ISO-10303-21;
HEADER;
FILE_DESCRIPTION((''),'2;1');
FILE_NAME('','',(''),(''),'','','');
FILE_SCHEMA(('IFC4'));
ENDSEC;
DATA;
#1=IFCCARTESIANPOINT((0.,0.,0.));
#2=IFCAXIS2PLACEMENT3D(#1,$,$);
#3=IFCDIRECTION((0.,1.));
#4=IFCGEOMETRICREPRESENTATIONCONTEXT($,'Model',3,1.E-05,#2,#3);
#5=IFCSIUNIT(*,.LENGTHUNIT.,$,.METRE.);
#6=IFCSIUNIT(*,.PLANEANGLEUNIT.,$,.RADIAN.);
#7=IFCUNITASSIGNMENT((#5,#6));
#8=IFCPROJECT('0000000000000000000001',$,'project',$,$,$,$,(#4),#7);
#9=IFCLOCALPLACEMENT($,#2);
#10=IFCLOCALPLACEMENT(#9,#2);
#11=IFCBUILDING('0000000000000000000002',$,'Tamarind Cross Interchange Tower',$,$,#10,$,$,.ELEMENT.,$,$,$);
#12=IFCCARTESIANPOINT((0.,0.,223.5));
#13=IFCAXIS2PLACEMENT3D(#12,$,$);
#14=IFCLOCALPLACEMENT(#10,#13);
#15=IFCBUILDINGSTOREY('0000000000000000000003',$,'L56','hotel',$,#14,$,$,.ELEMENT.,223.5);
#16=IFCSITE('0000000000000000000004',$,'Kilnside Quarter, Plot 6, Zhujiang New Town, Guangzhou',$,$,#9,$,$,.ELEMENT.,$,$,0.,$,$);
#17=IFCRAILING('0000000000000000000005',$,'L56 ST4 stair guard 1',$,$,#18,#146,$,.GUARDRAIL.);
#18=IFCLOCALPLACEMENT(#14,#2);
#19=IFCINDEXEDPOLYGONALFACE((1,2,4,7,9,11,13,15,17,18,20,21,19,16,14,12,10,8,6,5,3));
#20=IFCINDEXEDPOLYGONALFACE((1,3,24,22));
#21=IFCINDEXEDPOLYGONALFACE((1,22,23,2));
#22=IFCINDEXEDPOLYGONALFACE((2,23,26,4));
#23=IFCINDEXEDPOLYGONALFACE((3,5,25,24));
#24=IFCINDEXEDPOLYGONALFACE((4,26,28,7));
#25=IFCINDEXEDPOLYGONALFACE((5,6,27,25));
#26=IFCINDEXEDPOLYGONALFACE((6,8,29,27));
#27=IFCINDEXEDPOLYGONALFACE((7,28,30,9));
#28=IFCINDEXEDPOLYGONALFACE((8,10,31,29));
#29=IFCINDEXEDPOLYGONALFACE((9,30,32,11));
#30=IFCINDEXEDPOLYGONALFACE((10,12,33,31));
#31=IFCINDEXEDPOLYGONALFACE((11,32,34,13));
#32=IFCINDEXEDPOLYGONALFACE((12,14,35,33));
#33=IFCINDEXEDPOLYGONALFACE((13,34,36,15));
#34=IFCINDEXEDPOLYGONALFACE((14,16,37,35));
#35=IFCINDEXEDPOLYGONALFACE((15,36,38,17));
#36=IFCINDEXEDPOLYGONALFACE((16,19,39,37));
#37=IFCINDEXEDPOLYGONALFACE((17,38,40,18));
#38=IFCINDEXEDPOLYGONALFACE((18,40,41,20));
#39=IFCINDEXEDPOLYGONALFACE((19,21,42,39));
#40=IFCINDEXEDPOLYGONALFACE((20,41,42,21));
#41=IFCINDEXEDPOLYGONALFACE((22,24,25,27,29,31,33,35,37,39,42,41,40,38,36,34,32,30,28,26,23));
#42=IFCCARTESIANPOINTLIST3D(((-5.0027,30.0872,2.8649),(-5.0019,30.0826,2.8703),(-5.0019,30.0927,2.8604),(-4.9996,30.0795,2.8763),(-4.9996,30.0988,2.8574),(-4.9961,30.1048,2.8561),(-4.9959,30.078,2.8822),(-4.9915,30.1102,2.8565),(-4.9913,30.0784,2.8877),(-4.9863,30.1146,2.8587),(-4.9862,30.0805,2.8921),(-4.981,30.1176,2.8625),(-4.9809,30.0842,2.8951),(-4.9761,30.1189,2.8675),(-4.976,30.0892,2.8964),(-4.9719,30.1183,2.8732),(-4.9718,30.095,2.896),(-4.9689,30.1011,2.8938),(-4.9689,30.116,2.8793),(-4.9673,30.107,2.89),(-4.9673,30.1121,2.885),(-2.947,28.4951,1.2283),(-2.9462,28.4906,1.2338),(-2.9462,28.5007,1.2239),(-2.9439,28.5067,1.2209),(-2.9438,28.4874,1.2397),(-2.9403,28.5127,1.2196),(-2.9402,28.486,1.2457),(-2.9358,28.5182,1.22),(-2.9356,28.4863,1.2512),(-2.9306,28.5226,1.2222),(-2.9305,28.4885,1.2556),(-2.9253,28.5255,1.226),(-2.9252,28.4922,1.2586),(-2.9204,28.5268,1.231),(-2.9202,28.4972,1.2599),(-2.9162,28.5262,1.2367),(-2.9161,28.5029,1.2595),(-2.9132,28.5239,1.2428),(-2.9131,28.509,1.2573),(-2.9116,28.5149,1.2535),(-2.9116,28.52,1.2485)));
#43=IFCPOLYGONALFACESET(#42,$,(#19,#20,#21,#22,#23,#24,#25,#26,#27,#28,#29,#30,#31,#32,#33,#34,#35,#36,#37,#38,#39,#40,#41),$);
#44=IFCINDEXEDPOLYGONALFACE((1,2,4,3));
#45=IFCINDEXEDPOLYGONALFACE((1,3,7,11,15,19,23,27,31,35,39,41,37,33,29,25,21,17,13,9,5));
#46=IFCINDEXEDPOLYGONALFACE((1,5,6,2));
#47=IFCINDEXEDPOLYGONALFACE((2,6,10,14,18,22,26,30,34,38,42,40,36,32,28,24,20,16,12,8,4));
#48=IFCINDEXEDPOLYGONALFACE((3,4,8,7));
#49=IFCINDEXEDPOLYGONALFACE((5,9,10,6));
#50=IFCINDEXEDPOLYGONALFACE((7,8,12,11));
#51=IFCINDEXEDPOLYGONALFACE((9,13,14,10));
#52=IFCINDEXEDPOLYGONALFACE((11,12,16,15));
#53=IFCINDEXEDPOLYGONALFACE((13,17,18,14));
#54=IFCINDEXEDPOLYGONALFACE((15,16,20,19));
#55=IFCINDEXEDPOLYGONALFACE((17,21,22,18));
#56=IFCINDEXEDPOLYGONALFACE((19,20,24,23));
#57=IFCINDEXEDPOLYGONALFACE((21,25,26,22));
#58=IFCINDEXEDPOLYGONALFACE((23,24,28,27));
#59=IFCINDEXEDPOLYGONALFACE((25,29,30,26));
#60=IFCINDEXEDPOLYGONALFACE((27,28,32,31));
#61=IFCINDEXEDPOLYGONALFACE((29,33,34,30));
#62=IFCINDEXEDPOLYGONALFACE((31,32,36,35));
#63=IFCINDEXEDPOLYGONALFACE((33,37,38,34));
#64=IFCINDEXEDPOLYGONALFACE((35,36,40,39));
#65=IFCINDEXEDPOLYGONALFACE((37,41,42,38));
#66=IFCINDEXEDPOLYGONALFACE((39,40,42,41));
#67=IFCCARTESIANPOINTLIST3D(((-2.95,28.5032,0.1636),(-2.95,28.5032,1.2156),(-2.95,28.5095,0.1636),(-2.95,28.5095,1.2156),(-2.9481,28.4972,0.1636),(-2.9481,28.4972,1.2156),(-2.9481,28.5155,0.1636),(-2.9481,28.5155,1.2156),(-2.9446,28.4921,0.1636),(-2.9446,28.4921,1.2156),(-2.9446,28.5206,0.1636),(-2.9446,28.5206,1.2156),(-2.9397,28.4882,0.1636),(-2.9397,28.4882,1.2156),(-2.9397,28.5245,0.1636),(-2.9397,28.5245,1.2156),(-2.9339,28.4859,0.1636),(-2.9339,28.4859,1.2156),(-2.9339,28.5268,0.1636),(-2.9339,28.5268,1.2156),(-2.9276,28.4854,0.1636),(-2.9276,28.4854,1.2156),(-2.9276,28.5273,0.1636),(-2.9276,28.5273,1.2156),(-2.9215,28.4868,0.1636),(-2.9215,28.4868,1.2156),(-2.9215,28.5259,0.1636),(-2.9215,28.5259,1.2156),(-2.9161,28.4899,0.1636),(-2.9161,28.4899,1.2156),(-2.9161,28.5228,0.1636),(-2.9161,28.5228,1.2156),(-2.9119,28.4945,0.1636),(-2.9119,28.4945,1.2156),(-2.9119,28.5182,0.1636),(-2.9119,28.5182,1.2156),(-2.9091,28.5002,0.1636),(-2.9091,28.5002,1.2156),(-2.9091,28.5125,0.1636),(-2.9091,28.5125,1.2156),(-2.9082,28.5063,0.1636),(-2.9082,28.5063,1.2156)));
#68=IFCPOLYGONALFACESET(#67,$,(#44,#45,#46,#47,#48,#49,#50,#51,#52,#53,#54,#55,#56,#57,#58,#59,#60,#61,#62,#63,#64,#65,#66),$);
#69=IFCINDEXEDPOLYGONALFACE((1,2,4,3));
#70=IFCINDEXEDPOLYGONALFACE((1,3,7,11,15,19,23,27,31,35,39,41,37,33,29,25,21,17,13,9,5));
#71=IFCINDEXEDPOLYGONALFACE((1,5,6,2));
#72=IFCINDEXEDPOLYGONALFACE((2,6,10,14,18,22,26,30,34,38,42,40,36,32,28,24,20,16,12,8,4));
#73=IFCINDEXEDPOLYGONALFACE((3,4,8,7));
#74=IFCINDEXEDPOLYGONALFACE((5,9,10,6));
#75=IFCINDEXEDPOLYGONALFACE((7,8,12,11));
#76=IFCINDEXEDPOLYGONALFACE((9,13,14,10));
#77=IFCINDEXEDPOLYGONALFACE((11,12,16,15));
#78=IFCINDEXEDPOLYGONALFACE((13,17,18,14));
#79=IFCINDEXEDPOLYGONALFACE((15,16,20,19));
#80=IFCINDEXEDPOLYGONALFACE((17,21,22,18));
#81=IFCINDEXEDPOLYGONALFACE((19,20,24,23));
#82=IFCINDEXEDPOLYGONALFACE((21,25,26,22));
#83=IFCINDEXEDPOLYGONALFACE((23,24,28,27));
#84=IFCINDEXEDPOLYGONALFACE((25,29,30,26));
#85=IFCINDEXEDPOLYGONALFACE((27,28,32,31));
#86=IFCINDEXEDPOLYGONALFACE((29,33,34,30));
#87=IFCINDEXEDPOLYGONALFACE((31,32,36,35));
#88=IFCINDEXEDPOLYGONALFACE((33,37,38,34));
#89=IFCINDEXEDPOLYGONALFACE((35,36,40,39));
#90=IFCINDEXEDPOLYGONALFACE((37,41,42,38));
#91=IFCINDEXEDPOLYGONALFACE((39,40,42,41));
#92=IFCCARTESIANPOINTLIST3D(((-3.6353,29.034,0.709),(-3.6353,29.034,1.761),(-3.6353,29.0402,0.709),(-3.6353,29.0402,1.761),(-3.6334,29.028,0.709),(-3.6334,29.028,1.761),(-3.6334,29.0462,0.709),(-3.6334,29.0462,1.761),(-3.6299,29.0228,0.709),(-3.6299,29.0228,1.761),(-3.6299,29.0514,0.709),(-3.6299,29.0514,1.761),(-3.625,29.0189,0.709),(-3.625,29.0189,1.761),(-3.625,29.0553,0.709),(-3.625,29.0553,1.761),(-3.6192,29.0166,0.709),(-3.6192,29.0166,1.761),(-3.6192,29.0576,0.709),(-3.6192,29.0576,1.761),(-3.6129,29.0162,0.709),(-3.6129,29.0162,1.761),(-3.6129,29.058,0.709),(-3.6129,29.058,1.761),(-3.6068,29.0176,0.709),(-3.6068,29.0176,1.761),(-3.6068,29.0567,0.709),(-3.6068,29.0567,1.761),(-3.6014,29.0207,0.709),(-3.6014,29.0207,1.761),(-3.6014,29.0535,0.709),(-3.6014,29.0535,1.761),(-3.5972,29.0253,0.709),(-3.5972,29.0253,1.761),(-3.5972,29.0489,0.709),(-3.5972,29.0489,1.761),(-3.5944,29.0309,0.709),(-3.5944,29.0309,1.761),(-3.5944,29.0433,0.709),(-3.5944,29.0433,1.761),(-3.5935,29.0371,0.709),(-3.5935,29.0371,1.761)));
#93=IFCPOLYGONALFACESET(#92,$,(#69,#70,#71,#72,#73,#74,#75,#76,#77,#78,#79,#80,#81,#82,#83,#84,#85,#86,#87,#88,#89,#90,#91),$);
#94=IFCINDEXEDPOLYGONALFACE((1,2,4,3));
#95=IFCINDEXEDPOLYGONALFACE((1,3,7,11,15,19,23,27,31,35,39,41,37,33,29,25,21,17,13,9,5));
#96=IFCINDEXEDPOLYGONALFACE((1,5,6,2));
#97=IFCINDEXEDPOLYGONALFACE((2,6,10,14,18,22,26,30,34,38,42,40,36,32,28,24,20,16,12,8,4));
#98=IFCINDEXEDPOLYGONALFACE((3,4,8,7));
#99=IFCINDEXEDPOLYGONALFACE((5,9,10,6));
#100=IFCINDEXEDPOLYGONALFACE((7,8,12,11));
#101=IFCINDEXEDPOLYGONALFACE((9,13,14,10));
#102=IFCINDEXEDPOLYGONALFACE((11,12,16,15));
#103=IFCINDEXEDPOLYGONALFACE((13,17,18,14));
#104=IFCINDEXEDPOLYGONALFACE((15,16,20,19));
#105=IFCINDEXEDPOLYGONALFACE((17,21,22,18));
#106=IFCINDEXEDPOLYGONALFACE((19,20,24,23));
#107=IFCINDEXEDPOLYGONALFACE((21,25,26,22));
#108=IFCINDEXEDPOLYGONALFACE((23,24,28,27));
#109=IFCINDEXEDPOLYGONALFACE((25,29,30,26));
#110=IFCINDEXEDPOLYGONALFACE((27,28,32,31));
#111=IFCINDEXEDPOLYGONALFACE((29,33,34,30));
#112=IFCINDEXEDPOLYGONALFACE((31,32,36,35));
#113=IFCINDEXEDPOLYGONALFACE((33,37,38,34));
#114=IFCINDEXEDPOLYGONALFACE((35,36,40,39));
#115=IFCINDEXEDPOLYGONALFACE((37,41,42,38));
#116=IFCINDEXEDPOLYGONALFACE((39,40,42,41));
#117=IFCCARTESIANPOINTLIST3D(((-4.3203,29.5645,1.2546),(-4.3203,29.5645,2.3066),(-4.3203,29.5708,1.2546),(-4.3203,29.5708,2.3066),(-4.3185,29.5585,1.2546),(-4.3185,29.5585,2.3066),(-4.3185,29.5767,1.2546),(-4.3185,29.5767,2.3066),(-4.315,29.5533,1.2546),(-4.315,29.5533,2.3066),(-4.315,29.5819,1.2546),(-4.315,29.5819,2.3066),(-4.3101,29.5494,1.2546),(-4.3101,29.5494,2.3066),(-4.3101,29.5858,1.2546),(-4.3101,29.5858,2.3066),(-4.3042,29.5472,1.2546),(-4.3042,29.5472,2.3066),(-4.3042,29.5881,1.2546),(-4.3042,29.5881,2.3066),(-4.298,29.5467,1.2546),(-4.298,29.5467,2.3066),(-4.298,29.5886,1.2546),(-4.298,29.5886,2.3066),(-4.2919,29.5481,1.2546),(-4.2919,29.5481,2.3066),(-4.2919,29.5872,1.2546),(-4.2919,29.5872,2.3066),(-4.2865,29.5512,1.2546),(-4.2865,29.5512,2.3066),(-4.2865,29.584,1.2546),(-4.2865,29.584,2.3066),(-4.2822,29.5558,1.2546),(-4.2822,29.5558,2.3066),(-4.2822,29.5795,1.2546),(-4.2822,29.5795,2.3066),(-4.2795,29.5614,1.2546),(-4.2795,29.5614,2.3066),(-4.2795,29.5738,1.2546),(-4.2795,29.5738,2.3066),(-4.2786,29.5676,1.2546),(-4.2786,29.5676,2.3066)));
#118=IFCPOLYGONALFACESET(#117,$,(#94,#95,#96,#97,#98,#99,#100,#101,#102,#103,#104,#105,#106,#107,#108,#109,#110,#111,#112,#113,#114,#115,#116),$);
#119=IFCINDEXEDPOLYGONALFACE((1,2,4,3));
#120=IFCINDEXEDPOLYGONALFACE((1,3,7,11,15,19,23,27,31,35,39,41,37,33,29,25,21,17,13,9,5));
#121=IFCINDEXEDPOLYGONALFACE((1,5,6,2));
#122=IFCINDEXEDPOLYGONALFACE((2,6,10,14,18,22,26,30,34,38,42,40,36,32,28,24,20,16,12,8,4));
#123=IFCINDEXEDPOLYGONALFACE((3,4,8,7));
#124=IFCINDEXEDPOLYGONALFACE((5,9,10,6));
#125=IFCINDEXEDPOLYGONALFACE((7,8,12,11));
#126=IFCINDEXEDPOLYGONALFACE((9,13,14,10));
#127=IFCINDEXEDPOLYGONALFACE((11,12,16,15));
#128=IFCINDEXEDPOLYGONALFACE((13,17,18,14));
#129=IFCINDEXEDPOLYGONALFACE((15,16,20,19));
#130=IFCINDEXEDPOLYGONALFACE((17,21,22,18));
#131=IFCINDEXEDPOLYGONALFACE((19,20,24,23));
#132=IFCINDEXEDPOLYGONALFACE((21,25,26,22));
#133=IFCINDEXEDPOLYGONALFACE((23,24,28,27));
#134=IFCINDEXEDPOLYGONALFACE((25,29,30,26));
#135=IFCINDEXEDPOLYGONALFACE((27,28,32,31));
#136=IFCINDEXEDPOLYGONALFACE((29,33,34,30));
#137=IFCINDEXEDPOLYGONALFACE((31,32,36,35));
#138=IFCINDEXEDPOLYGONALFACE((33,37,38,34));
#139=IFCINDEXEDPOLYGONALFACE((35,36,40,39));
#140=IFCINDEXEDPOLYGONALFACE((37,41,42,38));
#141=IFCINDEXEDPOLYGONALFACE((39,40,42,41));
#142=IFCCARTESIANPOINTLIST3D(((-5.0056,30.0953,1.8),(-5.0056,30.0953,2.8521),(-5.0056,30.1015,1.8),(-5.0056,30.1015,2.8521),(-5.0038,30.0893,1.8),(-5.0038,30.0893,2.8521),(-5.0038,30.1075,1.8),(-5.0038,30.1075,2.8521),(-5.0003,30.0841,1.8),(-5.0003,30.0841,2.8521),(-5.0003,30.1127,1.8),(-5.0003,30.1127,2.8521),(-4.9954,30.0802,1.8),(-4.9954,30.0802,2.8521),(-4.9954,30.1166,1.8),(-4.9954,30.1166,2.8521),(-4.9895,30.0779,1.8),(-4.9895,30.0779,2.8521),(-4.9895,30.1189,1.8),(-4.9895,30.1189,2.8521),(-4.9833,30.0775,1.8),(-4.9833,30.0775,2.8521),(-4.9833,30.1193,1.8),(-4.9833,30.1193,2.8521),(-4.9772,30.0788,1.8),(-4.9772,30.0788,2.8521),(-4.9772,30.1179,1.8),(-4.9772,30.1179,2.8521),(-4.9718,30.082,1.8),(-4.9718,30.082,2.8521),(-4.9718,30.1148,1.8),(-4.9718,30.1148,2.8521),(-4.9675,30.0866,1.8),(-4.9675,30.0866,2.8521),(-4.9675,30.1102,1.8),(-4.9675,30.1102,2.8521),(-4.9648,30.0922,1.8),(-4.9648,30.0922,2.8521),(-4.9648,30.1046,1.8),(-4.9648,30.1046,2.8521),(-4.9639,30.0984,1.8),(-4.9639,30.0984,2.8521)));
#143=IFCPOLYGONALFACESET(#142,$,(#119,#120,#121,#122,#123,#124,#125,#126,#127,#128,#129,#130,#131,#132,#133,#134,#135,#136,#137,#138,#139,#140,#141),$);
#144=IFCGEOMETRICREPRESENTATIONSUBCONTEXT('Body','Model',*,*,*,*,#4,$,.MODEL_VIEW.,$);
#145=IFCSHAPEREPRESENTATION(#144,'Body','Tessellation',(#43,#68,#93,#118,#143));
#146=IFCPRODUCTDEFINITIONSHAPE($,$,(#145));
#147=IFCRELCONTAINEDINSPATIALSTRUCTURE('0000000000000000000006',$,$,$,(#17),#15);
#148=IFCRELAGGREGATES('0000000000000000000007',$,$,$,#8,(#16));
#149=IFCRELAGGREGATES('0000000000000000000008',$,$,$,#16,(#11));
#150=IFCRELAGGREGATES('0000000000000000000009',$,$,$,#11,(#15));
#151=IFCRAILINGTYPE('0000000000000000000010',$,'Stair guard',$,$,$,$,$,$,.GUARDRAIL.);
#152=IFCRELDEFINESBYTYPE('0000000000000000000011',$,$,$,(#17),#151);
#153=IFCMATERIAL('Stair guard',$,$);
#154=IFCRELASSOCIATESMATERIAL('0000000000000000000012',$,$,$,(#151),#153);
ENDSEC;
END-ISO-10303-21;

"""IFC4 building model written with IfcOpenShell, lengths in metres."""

from ifc_helpers import new_model, si_unit, direction, frame, origin, origin_2d, place, context, subcontext, project, spatial, circle, extrude, material, type_object, element, save


model = new_model("IFC4")

# Units and contexts
model_context = context("Model", 3, precision=1e-05, world=origin(), true_north=direction((0.0, 1.0)))
body_context = subcontext(model_context, "Body", "Model", "MODEL_VIEW")
ifc_project = project(units=[si_unit("LENGTHUNIT", "METRE"), si_unit("PLANEANGLEUNIT", "RADIAN")], contexts=[model_context])

# Site, building, storey
site_placement = place(None, origin())
site = spatial("IfcSite", under=ifc_project, at=site_placement, Name="Kilnside Quarter, Plot 6, Zhujiang New Town, Guangzhou", CompositionType="ELEMENT", RefElevation=0.0)
building_placement = place(site_placement, origin())
building = spatial("IfcBuilding", under=site, at=building_placement, Name="Tamarind Cross Interchange Tower", CompositionType="ELEMENT")
storey_placement = place(building_placement, frame((0.0, 0.0, 223.5)))
storey = spatial("IfcBuildingStorey", under=building, at=storey_placement, Name="L56", Description="hotel", CompositionType="ELEMENT", Elevation=223.5)

# Railing
ifc_material_1 = material(Name="Stair guard")
railing_type_1 = type_object("IfcRailingType", Name="Stair guard", PredefinedType="GUARDRAIL", material=ifc_material_1)
railing_1_placement = place(storey_placement, frame((-2.9292, 28.5063, 0.1636)))
element("IfcRailing", 1, at=railing_1_placement, inside=storey, type_object=railing_type_1, Name="L56 ST4 stair guard 1", PredefinedType="GUARDRAIL", context=body_context, shape_type="SweptSolid", body=[
    extrude(circle(Radius=0.0239, at=origin_2d()), frame((0.0, 0.0, 1.0762), z_axis=(-0.669118, 0.518209, 0.532672), x_axis=(-0.612308, -0.79062, 0.0)), (0.0, 0.0, 1.0), 3.0723),
    extrude(circle(Radius=0.021, at=origin_2d()), origin(), (0.0, 0.0, 1.0), 1.052),
    extrude(circle(Radius=0.021, at=origin_2d()), frame((-0.6853, 0.5308, 0.5454)), (0.0, 0.0, 1.0), 1.052),
    extrude(circle(Radius=0.021, at=origin_2d()), frame((-1.3704, 1.0613, 1.0911)), (0.0, 0.0, 1.0), 1.052),
    extrude(circle(Radius=0.021, at=origin_2d()), frame((-2.0557, 1.592, 1.6365)), (0.0, 0.0, 1.0), 1.052),
])

save(model, "model.ifc")
